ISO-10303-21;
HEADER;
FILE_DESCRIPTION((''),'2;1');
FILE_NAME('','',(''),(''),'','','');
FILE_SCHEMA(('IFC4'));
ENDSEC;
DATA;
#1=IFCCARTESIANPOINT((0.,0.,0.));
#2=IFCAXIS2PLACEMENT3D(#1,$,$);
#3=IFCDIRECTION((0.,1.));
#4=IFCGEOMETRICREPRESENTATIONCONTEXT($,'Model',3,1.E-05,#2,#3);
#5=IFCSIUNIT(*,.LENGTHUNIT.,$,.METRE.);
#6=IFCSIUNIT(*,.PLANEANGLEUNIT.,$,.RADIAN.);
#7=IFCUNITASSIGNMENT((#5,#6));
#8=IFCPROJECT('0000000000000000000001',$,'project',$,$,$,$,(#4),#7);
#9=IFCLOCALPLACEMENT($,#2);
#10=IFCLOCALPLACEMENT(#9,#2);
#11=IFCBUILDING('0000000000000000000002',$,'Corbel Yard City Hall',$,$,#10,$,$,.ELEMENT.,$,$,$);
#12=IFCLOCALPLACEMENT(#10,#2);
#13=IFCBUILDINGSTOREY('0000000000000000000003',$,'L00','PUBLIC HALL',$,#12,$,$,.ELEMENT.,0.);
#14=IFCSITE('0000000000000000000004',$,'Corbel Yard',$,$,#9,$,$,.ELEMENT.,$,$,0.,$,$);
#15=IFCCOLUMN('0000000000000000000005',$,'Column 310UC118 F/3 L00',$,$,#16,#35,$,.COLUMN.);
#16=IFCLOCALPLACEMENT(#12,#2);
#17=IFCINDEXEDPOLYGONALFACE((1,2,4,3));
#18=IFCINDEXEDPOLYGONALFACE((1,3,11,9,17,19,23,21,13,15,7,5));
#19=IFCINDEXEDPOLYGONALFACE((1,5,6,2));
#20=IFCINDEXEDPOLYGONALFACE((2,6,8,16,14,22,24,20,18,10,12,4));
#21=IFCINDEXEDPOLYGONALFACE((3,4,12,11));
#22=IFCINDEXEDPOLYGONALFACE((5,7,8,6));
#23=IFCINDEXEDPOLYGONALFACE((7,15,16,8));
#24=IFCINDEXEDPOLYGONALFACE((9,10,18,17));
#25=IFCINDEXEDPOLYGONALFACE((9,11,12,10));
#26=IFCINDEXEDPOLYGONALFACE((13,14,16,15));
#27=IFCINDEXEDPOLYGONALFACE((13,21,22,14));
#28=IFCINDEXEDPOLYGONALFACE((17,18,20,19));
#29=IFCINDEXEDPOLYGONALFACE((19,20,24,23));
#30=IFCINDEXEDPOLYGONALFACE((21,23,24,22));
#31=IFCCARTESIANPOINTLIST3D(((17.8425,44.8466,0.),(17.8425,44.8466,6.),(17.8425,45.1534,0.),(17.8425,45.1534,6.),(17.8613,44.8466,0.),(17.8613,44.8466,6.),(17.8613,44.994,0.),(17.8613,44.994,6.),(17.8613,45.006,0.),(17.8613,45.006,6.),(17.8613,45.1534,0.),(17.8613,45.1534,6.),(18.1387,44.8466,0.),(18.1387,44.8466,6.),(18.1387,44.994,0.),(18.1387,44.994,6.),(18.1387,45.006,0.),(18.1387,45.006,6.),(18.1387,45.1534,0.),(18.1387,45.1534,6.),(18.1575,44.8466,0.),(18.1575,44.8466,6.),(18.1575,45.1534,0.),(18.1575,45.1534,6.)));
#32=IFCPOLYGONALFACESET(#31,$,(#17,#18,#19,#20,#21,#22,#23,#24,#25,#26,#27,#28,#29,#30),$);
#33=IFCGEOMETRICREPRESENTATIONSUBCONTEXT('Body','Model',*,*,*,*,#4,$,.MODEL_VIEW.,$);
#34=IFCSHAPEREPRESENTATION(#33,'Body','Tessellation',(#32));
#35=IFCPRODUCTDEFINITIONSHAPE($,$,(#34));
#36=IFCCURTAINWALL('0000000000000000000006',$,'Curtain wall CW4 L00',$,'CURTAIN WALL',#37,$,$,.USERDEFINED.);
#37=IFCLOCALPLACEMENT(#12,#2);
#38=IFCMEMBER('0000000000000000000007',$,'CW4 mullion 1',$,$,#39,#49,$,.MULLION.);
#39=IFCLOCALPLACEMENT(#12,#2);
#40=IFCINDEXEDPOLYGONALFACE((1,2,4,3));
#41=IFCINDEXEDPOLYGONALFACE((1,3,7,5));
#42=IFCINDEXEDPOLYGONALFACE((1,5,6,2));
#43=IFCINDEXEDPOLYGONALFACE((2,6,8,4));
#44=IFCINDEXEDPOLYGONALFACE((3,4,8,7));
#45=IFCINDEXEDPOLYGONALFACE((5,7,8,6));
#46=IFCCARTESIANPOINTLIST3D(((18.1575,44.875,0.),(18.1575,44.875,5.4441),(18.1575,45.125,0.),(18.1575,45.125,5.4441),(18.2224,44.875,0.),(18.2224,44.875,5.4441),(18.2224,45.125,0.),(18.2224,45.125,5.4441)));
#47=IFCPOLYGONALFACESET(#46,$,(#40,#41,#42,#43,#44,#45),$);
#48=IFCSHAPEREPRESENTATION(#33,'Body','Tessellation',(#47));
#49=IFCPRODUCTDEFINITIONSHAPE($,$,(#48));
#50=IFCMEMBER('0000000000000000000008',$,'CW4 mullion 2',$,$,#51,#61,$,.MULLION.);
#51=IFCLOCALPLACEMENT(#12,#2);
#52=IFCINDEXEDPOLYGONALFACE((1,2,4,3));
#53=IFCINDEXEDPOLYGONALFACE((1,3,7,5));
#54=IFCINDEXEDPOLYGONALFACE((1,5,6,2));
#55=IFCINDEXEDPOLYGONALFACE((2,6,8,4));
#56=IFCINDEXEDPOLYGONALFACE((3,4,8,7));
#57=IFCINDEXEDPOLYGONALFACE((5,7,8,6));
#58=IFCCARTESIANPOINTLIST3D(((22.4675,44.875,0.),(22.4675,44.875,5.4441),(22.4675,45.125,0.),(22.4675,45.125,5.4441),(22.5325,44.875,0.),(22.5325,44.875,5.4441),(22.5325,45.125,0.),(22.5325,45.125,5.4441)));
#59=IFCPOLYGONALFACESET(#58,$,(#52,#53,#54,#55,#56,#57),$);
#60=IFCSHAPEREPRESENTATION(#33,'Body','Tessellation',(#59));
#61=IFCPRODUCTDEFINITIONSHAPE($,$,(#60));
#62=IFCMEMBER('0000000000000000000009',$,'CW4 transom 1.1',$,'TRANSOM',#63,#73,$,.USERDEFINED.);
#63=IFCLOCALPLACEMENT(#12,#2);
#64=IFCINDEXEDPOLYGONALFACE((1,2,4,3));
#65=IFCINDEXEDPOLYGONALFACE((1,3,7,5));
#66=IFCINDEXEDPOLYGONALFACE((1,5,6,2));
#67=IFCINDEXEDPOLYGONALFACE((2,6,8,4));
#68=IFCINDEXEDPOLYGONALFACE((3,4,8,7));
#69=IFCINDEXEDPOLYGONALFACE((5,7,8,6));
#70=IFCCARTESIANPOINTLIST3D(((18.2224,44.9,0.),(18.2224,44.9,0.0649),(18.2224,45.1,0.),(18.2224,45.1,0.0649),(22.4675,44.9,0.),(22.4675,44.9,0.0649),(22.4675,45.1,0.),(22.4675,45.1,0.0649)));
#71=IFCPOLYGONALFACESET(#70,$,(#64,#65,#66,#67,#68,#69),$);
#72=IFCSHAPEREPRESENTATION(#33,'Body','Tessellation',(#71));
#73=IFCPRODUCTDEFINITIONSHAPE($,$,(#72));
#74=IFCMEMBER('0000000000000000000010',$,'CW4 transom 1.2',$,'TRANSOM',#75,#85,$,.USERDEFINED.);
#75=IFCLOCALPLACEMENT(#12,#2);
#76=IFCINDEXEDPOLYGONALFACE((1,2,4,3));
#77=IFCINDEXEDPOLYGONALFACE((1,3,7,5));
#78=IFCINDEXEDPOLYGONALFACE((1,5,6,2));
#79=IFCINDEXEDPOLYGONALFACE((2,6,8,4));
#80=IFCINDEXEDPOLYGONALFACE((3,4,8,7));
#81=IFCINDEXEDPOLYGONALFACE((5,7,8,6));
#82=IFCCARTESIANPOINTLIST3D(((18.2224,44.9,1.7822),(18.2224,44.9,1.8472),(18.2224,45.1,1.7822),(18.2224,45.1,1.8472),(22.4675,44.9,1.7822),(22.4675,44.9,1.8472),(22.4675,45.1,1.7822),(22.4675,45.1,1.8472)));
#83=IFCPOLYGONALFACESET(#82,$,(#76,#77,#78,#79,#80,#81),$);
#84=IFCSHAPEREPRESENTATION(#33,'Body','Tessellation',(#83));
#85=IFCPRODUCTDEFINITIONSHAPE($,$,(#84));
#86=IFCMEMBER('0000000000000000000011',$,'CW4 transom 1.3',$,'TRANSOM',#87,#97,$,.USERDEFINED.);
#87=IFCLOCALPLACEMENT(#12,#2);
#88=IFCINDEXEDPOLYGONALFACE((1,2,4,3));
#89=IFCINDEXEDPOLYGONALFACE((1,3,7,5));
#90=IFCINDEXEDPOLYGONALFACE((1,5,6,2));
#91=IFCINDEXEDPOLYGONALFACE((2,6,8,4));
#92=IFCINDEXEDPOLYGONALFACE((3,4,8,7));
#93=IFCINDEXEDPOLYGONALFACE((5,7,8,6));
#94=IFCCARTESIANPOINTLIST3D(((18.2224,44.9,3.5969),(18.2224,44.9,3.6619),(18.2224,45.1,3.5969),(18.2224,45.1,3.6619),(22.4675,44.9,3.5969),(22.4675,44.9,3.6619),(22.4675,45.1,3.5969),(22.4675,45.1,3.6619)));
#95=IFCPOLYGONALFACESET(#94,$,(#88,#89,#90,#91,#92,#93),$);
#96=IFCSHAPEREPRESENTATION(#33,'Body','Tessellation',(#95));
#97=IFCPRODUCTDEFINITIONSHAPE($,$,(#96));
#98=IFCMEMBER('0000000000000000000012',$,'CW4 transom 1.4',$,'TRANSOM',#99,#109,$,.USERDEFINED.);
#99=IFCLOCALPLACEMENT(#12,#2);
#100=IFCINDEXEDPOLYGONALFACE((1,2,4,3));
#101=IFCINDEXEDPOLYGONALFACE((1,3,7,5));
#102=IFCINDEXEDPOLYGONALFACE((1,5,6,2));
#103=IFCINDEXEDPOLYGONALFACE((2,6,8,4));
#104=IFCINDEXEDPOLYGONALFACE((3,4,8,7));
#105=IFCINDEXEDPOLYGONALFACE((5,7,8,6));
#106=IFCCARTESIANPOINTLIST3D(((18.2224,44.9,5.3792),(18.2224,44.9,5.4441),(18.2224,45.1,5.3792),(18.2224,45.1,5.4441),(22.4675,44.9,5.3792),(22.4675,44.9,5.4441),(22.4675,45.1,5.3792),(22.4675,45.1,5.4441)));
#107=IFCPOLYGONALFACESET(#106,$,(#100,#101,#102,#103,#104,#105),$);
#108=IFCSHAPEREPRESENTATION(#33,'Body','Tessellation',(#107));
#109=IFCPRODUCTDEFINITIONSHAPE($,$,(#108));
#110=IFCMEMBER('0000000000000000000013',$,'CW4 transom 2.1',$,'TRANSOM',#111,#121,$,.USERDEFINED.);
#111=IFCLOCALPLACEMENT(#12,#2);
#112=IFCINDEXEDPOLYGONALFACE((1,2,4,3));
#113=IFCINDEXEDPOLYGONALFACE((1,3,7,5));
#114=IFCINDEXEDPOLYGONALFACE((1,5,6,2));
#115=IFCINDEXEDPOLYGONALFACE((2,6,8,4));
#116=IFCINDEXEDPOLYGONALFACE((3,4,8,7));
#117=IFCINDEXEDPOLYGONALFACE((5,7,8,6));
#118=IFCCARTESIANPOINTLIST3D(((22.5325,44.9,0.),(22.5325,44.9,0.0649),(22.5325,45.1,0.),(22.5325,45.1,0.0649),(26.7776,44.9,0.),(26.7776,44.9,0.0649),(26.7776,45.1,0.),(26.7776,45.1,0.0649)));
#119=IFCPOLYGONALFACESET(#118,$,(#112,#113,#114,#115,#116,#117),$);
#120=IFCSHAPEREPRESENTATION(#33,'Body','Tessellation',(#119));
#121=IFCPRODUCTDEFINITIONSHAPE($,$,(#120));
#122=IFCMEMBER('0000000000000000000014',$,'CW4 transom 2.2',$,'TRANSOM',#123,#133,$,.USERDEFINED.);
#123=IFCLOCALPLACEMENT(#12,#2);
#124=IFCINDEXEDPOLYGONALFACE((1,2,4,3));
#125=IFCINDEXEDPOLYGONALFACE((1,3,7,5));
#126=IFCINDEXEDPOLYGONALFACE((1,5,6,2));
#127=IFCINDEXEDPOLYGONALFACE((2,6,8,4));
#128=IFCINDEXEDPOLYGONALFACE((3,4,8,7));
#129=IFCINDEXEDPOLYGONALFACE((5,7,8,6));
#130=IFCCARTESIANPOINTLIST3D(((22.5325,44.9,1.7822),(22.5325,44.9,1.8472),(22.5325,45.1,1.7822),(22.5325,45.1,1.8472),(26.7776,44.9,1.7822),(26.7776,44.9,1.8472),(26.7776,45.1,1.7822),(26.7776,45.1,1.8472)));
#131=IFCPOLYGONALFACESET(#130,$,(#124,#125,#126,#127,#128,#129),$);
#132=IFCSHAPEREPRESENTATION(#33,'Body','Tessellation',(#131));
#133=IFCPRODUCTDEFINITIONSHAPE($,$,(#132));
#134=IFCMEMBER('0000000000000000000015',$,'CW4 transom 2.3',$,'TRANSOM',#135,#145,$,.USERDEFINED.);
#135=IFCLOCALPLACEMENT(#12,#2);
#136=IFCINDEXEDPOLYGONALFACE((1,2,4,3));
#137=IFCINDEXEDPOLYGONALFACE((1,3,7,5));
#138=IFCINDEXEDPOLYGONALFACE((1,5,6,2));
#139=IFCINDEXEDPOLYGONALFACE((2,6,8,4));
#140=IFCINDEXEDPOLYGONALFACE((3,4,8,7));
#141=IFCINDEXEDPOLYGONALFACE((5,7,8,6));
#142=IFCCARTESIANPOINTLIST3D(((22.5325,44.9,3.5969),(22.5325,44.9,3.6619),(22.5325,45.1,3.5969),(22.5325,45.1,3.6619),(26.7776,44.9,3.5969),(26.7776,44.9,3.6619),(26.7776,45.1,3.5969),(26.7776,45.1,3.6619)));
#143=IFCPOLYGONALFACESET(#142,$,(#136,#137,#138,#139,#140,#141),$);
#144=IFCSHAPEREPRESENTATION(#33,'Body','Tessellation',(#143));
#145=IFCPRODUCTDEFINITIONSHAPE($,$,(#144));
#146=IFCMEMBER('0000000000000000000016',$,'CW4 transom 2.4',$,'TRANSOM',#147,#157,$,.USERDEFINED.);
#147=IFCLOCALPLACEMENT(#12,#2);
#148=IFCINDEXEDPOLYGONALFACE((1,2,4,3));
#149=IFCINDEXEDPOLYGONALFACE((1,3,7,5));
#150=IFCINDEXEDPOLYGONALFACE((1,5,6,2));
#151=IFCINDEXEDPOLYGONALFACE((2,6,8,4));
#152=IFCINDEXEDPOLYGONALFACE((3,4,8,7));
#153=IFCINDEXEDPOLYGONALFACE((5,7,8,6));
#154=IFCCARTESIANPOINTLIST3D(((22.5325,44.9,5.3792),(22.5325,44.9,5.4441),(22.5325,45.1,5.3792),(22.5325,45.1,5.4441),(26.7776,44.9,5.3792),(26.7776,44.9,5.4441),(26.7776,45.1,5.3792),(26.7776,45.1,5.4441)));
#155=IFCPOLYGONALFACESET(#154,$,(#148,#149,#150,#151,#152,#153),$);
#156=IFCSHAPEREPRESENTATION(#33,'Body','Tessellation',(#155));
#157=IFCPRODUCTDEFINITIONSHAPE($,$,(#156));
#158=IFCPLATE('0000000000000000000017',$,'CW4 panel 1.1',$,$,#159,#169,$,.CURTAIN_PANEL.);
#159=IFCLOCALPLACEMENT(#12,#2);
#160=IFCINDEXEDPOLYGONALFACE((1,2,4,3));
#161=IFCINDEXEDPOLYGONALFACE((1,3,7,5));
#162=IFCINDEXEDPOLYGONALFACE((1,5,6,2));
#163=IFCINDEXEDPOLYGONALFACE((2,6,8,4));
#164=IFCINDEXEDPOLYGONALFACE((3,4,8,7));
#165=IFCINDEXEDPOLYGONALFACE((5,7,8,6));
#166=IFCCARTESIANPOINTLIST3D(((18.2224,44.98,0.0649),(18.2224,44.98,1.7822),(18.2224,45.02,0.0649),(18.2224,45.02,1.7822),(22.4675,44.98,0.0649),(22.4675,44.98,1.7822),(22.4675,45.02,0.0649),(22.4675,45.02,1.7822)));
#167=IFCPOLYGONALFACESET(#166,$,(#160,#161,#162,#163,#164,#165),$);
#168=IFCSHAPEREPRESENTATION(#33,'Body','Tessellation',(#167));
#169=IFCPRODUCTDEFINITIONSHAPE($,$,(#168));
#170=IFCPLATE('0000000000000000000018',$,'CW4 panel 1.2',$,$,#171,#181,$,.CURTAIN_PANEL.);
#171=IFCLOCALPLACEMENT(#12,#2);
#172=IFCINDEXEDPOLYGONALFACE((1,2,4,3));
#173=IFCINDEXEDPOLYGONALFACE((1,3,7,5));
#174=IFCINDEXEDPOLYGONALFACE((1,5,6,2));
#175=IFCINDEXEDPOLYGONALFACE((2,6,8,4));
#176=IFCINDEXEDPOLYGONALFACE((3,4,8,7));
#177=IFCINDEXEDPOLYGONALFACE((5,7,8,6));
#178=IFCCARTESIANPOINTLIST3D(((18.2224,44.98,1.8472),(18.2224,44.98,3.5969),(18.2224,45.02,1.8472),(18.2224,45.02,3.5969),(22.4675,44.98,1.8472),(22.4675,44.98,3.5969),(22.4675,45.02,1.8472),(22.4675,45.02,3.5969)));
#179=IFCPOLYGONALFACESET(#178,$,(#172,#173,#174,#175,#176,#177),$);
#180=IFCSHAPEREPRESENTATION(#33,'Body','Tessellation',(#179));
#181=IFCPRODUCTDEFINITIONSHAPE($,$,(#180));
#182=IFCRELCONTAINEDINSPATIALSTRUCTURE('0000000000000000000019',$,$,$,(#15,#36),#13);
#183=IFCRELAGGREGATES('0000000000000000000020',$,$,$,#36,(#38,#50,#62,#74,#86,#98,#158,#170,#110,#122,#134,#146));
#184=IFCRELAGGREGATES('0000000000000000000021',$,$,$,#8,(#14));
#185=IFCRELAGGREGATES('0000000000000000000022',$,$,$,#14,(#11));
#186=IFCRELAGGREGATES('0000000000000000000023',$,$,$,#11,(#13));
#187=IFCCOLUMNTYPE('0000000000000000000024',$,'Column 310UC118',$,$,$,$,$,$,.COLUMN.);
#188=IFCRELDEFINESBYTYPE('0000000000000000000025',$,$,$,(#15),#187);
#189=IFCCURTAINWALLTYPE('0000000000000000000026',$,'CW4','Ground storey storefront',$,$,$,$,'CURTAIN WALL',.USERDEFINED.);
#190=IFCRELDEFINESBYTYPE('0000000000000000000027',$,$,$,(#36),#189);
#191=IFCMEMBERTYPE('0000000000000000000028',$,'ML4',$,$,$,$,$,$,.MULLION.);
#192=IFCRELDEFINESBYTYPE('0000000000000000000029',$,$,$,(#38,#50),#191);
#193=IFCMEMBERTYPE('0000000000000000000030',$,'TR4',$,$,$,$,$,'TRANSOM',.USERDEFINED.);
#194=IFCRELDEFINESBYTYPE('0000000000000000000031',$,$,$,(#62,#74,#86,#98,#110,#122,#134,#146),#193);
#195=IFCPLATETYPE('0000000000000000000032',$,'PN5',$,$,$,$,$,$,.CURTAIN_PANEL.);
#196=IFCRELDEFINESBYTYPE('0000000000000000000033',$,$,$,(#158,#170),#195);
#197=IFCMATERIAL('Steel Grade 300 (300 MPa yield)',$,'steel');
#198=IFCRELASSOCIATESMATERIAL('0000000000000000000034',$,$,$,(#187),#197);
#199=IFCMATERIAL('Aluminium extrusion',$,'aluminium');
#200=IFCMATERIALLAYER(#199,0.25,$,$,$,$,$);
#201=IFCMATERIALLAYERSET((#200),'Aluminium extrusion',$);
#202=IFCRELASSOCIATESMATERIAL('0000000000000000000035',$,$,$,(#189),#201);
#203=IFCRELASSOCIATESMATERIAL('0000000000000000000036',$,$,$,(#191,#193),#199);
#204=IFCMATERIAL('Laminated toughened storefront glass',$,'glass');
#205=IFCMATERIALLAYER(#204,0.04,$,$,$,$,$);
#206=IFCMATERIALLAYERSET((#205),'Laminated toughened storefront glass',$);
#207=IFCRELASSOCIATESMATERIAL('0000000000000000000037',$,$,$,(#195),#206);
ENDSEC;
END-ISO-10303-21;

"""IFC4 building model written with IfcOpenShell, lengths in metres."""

from ifc_helpers import new_model, si_unit, direction, frame, origin, origin_2d, place, context, subcontext, project, spatial, rectangle, i_section, extrude, material, layer, layer_set, material_profile, profile_set, type_object, element, aggregate, save


model = new_model("IFC4")

# Units and contexts
model_context = context("Model", 3, precision=1e-05, world=origin(), true_north=direction((0.0, 1.0)))
body_context = subcontext(model_context, "Body", "Model", "MODEL_VIEW")
ifc_project = project(units=[si_unit("LENGTHUNIT", "METRE"), si_unit("PLANEANGLEUNIT", "RADIAN")], contexts=[model_context])

# Site, building, storey
site_placement = place(None, origin())
site = spatial("IfcSite", under=ifc_project, at=site_placement, Name="Corbel Yard", CompositionType="ELEMENT", RefElevation=0.0)
building_placement = place(site_placement, origin())
building = spatial("IfcBuilding", under=site, at=building_placement, Name="Corbel Yard City Hall", CompositionType="ELEMENT")
storey_placement = place(building_placement, origin())
storey = spatial("IfcBuildingStorey", under=building, at=storey_placement, Name="L00", Description="PUBLIC HALL", CompositionType="ELEMENT", Elevation=0.0)

# Column
ifc_material_1 = material(Name="Steel Grade 300 (300 MPa yield)", Category="steel")
ifc_material_profile_1 = material_profile(ifc_material_1, i_section(OverallWidth=0.3069, OverallDepth=0.3149, WebThickness=0.012, FlangeThickness=0.0188, at=origin_2d()), Name="310UC118")
ifc_profile_set_1 = profile_set([ifc_material_profile_1], Name="Steel Grade 300 (300 MPa yield)")
column_type = type_object("IfcColumnType", Name="Column 310UC118", PredefinedType="COLUMN", material=ifc_profile_set_1)
column_placement = place(storey_placement, frame((18.0, 45.0, 0.0), z_axis=(0.0, 0.0, 1.0), x_axis=(0.0, 1.0, 0.0)))
element("IfcColumn", 1, at=column_placement, inside=storey, type_object=column_type, Name="Column 310UC118 F/3 L00", PredefinedType="COLUMN", context=body_context, shape_type="SweptSolid", body=[
    extrude(i_section(OverallWidth=0.3069, OverallDepth=0.3149, WebThickness=0.012, FlangeThickness=0.0188, at=origin_2d()), origin(), (0.0, 0.0, 1.0), 6.0),
])

# Curtain wall, members, plates
ifc_material_2 = material(Name="Aluminium extrusion", Category="aluminium")
ifc_layer_1 = layer(ifc_material_2, 0.25)
ifc_layer_set_1 = layer_set([ifc_layer_1], Name="Aluminium extrusion")
curtain_wall_type = type_object("IfcCurtainWallType", Name="CW4", Description="Ground storey storefront", ElementType="CURTAIN WALL", PredefinedType="USERDEFINED", material=ifc_layer_set_1)
curtain_wall_placement = place(storey_placement, origin())
curtain_wall = element("IfcCurtainWall", 2, at=curtain_wall_placement, inside=storey, type_object=curtain_wall_type, Name="Curtain wall CW4 L00", ObjectType="CURTAIN WALL", PredefinedType="USERDEFINED")
ifc_material_profile_2 = material_profile(ifc_material_2, rectangle(XDim=0.25, YDim=0.0649, at=origin_2d()), Name="250x65")
ifc_profile_set_2 = profile_set([ifc_material_profile_2], Name="Aluminium extrusion")
member_type_1 = type_object("IfcMemberType", Name="ML4", PredefinedType="MULLION", material=ifc_profile_set_2)
member_1_placement = place(storey_placement, frame((18.1899, 45.0, 0.0), z_axis=(0.0, 0.0, 1.0), x_axis=(0.0, 1.0, 0.0)))
member_1 = element("IfcMember", 3, at=member_1_placement, type_object=member_type_1, Name="CW4 mullion 1", PredefinedType="MULLION", context=body_context, shape_type="SweptSolid", body=[
    extrude(rectangle(XDim=0.25, YDim=0.0649, at=origin_2d()), origin(), (0.0, 0.0, 1.0), 5.4441),
])
member_2_placement = place(storey_placement, frame((22.5, 45.0, 0.0), z_axis=(0.0, 0.0, 1.0), x_axis=(0.0, 1.0, 0.0)))
member_2 = element("IfcMember", 4, at=member_2_placement, type_object=member_type_1, Name="CW4 mullion 2", PredefinedType="MULLION", context=body_context, shape_type="SweptSolid", body=[
    extrude(rectangle(XDim=0.25, YDim=0.0649, at=origin_2d()), origin(), (0.0, 0.0, 1.0), 5.4441),
])
ifc_material_profile_3 = material_profile(ifc_material_2, rectangle(XDim=0.2, YDim=0.0649, at=origin_2d()), Name="200x65")
ifc_profile_set_3 = profile_set([ifc_material_profile_3], Name="Aluminium extrusion")
member_type_2 = type_object("IfcMemberType", Name="TR4", ElementType="TRANSOM", PredefinedType="USERDEFINED", material=ifc_profile_set_3)
member_3_placement = place(storey_placement, frame((18.2224, 45.0, 0.0325), z_axis=(1.0, 0.0, 0.0), x_axis=(0.0, 1.0, 0.0)))
member_3 = element("IfcMember", 5, at=member_3_placement, type_object=member_type_2, Name="CW4 transom 1.1", ObjectType="TRANSOM", PredefinedType="USERDEFINED", context=body_context, shape_type="SweptSolid", body=[
    extrude(rectangle(XDim=0.2, YDim=0.0649, at=origin_2d()), origin(), (0.0, 0.0, 1.0), 4.2451),
])
member_4_placement = place(storey_placement, frame((18.2224, 45.0, 1.8147), z_axis=(1.0, 0.0, 0.0), x_axis=(0.0, 1.0, 0.0)))
member_4 = element("IfcMember", 6, at=member_4_placement, type_object=member_type_2, Name="CW4 transom 1.2", ObjectType="TRANSOM", PredefinedType="USERDEFINED", context=body_context, shape_type="SweptSolid", body=[
    extrude(rectangle(XDim=0.2, YDim=0.0649, at=origin_2d()), origin(), (0.0, 0.0, 1.0), 4.2451),
])
member_5_placement = place(storey_placement, frame((18.2224, 45.0, 3.6294), z_axis=(1.0, 0.0, 0.0), x_axis=(0.0, 1.0, 0.0)))
member_5 = element("IfcMember", 7, at=member_5_placement, type_object=member_type_2, Name="CW4 transom 1.3", ObjectType="TRANSOM", PredefinedType="USERDEFINED", context=body_context, shape_type="SweptSolid", body=[
    extrude(rectangle(XDim=0.2, YDim=0.0649, at=origin_2d()), origin(), (0.0, 0.0, 1.0), 4.2451),
])
member_6_placement = place(storey_placement, frame((18.2224, 45.0, 5.4116), z_axis=(1.0, 0.0, 0.0), x_axis=(0.0, 1.0, 0.0)))
member_6 = element("IfcMember", 8, at=member_6_placement, type_object=member_type_2, Name="CW4 transom 1.4", ObjectType="TRANSOM", PredefinedType="USERDEFINED", context=body_context, shape_type="SweptSolid", body=[
    extrude(rectangle(XDim=0.2, YDim=0.0649, at=origin_2d()), origin(), (0.0, 0.0, 1.0), 4.2451),
])
member_7_placement = place(storey_placement, frame((22.5325, 45.0, 0.0325), z_axis=(1.0, 0.0, 0.0), x_axis=(0.0, 1.0, 0.0)))
member_7 = element("IfcMember", 9, at=member_7_placement, type_object=member_type_2, Name="CW4 transom 2.1", ObjectType="TRANSOM", PredefinedType="USERDEFINED", context=body_context, shape_type="SweptSolid", body=[
    extrude(rectangle(XDim=0.2, YDim=0.0649, at=origin_2d()), origin(), (0.0, 0.0, 1.0), 4.2451),
])
member_8_placement = place(storey_placement, frame((22.5325, 45.0, 1.8147), z_axis=(1.0, 0.0, 0.0), x_axis=(0.0, 1.0, 0.0)))
member_8 = element("IfcMember", 10, at=member_8_placement, type_object=member_type_2, Name="CW4 transom 2.2", ObjectType="TRANSOM", PredefinedType="USERDEFINED", context=body_context, shape_type="SweptSolid", body=[
    extrude(rectangle(XDim=0.2, YDim=0.0649, at=origin_2d()), origin(), (0.0, 0.0, 1.0), 4.2451),
])
member_9_placement = place(storey_placement, frame((22.5325, 45.0, 3.6294), z_axis=(1.0, 0.0, 0.0), x_axis=(0.0, 1.0, 0.0)))
member_9 = element("IfcMember", 11, at=member_9_placement, type_object=member_type_2, Name="CW4 transom 2.3", ObjectType="TRANSOM", PredefinedType="USERDEFINED", context=body_context, shape_type="SweptSolid", body=[
    extrude(rectangle(XDim=0.2, YDim=0.0649, at=origin_2d()), origin(), (0.0, 0.0, 1.0), 4.2451),
])
member_10_placement = place(storey_placement, frame((22.5325, 45.0, 5.4116), z_axis=(1.0, 0.0, 0.0), x_axis=(0.0, 1.0, 0.0)))
member_10 = element("IfcMember", 12, at=member_10_placement, type_object=member_type_2, Name="CW4 transom 2.4", ObjectType="TRANSOM", PredefinedType="USERDEFINED", context=body_context, shape_type="SweptSolid", body=[
    extrude(rectangle(XDim=0.2, YDim=0.0649, at=origin_2d()), origin(), (0.0, 0.0, 1.0), 4.2451),
])
ifc_material_3 = material(Name="Laminated toughened storefront glass", Category="glass")
ifc_layer_2 = layer(ifc_material_3, 0.04)
ifc_layer_set_2 = layer_set([ifc_layer_2], Name="Laminated toughened storefront glass")
plate_type = type_object("IfcPlateType", Name="PN5", PredefinedType="CURTAIN_PANEL", material=ifc_layer_set_2)
plate_1_placement = place(storey_placement, frame((20.345, 45.0, 0.0649), z_axis=(0.0, 0.0, 1.0), x_axis=(1.0, 0.0, 0.0)))
plate_1 = element("IfcPlate", 13, at=plate_1_placement, type_object=plate_type, Name="CW4 panel 1.1", PredefinedType="CURTAIN_PANEL", context=body_context, shape_type="SweptSolid", body=[
    extrude(rectangle(XDim=4.2451, YDim=0.04, at=origin_2d()), origin(), (0.0, 0.0, 1.0), 1.7173),
])
plate_2_placement = place(storey_placement, frame((20.345, 45.0, 1.8472), z_axis=(0.0, 0.0, 1.0), x_axis=(1.0, 0.0, 0.0)))
plate_2 = element("IfcPlate", 14, at=plate_2_placement, type_object=plate_type, Name="CW4 panel 1.2", PredefinedType="CURTAIN_PANEL", context=body_context, shape_type="SweptSolid", body=[
    extrude(rectangle(XDim=4.2451, YDim=0.04, at=origin_2d()), origin(), (0.0, 0.0, 1.0), 1.7498),
])
aggregate(curtain_wall, [member_1, member_2, member_3, member_4, member_5, member_6, plate_1, plate_2, member_7, member_8, member_9, member_10])

save(model, "model.ifc")
